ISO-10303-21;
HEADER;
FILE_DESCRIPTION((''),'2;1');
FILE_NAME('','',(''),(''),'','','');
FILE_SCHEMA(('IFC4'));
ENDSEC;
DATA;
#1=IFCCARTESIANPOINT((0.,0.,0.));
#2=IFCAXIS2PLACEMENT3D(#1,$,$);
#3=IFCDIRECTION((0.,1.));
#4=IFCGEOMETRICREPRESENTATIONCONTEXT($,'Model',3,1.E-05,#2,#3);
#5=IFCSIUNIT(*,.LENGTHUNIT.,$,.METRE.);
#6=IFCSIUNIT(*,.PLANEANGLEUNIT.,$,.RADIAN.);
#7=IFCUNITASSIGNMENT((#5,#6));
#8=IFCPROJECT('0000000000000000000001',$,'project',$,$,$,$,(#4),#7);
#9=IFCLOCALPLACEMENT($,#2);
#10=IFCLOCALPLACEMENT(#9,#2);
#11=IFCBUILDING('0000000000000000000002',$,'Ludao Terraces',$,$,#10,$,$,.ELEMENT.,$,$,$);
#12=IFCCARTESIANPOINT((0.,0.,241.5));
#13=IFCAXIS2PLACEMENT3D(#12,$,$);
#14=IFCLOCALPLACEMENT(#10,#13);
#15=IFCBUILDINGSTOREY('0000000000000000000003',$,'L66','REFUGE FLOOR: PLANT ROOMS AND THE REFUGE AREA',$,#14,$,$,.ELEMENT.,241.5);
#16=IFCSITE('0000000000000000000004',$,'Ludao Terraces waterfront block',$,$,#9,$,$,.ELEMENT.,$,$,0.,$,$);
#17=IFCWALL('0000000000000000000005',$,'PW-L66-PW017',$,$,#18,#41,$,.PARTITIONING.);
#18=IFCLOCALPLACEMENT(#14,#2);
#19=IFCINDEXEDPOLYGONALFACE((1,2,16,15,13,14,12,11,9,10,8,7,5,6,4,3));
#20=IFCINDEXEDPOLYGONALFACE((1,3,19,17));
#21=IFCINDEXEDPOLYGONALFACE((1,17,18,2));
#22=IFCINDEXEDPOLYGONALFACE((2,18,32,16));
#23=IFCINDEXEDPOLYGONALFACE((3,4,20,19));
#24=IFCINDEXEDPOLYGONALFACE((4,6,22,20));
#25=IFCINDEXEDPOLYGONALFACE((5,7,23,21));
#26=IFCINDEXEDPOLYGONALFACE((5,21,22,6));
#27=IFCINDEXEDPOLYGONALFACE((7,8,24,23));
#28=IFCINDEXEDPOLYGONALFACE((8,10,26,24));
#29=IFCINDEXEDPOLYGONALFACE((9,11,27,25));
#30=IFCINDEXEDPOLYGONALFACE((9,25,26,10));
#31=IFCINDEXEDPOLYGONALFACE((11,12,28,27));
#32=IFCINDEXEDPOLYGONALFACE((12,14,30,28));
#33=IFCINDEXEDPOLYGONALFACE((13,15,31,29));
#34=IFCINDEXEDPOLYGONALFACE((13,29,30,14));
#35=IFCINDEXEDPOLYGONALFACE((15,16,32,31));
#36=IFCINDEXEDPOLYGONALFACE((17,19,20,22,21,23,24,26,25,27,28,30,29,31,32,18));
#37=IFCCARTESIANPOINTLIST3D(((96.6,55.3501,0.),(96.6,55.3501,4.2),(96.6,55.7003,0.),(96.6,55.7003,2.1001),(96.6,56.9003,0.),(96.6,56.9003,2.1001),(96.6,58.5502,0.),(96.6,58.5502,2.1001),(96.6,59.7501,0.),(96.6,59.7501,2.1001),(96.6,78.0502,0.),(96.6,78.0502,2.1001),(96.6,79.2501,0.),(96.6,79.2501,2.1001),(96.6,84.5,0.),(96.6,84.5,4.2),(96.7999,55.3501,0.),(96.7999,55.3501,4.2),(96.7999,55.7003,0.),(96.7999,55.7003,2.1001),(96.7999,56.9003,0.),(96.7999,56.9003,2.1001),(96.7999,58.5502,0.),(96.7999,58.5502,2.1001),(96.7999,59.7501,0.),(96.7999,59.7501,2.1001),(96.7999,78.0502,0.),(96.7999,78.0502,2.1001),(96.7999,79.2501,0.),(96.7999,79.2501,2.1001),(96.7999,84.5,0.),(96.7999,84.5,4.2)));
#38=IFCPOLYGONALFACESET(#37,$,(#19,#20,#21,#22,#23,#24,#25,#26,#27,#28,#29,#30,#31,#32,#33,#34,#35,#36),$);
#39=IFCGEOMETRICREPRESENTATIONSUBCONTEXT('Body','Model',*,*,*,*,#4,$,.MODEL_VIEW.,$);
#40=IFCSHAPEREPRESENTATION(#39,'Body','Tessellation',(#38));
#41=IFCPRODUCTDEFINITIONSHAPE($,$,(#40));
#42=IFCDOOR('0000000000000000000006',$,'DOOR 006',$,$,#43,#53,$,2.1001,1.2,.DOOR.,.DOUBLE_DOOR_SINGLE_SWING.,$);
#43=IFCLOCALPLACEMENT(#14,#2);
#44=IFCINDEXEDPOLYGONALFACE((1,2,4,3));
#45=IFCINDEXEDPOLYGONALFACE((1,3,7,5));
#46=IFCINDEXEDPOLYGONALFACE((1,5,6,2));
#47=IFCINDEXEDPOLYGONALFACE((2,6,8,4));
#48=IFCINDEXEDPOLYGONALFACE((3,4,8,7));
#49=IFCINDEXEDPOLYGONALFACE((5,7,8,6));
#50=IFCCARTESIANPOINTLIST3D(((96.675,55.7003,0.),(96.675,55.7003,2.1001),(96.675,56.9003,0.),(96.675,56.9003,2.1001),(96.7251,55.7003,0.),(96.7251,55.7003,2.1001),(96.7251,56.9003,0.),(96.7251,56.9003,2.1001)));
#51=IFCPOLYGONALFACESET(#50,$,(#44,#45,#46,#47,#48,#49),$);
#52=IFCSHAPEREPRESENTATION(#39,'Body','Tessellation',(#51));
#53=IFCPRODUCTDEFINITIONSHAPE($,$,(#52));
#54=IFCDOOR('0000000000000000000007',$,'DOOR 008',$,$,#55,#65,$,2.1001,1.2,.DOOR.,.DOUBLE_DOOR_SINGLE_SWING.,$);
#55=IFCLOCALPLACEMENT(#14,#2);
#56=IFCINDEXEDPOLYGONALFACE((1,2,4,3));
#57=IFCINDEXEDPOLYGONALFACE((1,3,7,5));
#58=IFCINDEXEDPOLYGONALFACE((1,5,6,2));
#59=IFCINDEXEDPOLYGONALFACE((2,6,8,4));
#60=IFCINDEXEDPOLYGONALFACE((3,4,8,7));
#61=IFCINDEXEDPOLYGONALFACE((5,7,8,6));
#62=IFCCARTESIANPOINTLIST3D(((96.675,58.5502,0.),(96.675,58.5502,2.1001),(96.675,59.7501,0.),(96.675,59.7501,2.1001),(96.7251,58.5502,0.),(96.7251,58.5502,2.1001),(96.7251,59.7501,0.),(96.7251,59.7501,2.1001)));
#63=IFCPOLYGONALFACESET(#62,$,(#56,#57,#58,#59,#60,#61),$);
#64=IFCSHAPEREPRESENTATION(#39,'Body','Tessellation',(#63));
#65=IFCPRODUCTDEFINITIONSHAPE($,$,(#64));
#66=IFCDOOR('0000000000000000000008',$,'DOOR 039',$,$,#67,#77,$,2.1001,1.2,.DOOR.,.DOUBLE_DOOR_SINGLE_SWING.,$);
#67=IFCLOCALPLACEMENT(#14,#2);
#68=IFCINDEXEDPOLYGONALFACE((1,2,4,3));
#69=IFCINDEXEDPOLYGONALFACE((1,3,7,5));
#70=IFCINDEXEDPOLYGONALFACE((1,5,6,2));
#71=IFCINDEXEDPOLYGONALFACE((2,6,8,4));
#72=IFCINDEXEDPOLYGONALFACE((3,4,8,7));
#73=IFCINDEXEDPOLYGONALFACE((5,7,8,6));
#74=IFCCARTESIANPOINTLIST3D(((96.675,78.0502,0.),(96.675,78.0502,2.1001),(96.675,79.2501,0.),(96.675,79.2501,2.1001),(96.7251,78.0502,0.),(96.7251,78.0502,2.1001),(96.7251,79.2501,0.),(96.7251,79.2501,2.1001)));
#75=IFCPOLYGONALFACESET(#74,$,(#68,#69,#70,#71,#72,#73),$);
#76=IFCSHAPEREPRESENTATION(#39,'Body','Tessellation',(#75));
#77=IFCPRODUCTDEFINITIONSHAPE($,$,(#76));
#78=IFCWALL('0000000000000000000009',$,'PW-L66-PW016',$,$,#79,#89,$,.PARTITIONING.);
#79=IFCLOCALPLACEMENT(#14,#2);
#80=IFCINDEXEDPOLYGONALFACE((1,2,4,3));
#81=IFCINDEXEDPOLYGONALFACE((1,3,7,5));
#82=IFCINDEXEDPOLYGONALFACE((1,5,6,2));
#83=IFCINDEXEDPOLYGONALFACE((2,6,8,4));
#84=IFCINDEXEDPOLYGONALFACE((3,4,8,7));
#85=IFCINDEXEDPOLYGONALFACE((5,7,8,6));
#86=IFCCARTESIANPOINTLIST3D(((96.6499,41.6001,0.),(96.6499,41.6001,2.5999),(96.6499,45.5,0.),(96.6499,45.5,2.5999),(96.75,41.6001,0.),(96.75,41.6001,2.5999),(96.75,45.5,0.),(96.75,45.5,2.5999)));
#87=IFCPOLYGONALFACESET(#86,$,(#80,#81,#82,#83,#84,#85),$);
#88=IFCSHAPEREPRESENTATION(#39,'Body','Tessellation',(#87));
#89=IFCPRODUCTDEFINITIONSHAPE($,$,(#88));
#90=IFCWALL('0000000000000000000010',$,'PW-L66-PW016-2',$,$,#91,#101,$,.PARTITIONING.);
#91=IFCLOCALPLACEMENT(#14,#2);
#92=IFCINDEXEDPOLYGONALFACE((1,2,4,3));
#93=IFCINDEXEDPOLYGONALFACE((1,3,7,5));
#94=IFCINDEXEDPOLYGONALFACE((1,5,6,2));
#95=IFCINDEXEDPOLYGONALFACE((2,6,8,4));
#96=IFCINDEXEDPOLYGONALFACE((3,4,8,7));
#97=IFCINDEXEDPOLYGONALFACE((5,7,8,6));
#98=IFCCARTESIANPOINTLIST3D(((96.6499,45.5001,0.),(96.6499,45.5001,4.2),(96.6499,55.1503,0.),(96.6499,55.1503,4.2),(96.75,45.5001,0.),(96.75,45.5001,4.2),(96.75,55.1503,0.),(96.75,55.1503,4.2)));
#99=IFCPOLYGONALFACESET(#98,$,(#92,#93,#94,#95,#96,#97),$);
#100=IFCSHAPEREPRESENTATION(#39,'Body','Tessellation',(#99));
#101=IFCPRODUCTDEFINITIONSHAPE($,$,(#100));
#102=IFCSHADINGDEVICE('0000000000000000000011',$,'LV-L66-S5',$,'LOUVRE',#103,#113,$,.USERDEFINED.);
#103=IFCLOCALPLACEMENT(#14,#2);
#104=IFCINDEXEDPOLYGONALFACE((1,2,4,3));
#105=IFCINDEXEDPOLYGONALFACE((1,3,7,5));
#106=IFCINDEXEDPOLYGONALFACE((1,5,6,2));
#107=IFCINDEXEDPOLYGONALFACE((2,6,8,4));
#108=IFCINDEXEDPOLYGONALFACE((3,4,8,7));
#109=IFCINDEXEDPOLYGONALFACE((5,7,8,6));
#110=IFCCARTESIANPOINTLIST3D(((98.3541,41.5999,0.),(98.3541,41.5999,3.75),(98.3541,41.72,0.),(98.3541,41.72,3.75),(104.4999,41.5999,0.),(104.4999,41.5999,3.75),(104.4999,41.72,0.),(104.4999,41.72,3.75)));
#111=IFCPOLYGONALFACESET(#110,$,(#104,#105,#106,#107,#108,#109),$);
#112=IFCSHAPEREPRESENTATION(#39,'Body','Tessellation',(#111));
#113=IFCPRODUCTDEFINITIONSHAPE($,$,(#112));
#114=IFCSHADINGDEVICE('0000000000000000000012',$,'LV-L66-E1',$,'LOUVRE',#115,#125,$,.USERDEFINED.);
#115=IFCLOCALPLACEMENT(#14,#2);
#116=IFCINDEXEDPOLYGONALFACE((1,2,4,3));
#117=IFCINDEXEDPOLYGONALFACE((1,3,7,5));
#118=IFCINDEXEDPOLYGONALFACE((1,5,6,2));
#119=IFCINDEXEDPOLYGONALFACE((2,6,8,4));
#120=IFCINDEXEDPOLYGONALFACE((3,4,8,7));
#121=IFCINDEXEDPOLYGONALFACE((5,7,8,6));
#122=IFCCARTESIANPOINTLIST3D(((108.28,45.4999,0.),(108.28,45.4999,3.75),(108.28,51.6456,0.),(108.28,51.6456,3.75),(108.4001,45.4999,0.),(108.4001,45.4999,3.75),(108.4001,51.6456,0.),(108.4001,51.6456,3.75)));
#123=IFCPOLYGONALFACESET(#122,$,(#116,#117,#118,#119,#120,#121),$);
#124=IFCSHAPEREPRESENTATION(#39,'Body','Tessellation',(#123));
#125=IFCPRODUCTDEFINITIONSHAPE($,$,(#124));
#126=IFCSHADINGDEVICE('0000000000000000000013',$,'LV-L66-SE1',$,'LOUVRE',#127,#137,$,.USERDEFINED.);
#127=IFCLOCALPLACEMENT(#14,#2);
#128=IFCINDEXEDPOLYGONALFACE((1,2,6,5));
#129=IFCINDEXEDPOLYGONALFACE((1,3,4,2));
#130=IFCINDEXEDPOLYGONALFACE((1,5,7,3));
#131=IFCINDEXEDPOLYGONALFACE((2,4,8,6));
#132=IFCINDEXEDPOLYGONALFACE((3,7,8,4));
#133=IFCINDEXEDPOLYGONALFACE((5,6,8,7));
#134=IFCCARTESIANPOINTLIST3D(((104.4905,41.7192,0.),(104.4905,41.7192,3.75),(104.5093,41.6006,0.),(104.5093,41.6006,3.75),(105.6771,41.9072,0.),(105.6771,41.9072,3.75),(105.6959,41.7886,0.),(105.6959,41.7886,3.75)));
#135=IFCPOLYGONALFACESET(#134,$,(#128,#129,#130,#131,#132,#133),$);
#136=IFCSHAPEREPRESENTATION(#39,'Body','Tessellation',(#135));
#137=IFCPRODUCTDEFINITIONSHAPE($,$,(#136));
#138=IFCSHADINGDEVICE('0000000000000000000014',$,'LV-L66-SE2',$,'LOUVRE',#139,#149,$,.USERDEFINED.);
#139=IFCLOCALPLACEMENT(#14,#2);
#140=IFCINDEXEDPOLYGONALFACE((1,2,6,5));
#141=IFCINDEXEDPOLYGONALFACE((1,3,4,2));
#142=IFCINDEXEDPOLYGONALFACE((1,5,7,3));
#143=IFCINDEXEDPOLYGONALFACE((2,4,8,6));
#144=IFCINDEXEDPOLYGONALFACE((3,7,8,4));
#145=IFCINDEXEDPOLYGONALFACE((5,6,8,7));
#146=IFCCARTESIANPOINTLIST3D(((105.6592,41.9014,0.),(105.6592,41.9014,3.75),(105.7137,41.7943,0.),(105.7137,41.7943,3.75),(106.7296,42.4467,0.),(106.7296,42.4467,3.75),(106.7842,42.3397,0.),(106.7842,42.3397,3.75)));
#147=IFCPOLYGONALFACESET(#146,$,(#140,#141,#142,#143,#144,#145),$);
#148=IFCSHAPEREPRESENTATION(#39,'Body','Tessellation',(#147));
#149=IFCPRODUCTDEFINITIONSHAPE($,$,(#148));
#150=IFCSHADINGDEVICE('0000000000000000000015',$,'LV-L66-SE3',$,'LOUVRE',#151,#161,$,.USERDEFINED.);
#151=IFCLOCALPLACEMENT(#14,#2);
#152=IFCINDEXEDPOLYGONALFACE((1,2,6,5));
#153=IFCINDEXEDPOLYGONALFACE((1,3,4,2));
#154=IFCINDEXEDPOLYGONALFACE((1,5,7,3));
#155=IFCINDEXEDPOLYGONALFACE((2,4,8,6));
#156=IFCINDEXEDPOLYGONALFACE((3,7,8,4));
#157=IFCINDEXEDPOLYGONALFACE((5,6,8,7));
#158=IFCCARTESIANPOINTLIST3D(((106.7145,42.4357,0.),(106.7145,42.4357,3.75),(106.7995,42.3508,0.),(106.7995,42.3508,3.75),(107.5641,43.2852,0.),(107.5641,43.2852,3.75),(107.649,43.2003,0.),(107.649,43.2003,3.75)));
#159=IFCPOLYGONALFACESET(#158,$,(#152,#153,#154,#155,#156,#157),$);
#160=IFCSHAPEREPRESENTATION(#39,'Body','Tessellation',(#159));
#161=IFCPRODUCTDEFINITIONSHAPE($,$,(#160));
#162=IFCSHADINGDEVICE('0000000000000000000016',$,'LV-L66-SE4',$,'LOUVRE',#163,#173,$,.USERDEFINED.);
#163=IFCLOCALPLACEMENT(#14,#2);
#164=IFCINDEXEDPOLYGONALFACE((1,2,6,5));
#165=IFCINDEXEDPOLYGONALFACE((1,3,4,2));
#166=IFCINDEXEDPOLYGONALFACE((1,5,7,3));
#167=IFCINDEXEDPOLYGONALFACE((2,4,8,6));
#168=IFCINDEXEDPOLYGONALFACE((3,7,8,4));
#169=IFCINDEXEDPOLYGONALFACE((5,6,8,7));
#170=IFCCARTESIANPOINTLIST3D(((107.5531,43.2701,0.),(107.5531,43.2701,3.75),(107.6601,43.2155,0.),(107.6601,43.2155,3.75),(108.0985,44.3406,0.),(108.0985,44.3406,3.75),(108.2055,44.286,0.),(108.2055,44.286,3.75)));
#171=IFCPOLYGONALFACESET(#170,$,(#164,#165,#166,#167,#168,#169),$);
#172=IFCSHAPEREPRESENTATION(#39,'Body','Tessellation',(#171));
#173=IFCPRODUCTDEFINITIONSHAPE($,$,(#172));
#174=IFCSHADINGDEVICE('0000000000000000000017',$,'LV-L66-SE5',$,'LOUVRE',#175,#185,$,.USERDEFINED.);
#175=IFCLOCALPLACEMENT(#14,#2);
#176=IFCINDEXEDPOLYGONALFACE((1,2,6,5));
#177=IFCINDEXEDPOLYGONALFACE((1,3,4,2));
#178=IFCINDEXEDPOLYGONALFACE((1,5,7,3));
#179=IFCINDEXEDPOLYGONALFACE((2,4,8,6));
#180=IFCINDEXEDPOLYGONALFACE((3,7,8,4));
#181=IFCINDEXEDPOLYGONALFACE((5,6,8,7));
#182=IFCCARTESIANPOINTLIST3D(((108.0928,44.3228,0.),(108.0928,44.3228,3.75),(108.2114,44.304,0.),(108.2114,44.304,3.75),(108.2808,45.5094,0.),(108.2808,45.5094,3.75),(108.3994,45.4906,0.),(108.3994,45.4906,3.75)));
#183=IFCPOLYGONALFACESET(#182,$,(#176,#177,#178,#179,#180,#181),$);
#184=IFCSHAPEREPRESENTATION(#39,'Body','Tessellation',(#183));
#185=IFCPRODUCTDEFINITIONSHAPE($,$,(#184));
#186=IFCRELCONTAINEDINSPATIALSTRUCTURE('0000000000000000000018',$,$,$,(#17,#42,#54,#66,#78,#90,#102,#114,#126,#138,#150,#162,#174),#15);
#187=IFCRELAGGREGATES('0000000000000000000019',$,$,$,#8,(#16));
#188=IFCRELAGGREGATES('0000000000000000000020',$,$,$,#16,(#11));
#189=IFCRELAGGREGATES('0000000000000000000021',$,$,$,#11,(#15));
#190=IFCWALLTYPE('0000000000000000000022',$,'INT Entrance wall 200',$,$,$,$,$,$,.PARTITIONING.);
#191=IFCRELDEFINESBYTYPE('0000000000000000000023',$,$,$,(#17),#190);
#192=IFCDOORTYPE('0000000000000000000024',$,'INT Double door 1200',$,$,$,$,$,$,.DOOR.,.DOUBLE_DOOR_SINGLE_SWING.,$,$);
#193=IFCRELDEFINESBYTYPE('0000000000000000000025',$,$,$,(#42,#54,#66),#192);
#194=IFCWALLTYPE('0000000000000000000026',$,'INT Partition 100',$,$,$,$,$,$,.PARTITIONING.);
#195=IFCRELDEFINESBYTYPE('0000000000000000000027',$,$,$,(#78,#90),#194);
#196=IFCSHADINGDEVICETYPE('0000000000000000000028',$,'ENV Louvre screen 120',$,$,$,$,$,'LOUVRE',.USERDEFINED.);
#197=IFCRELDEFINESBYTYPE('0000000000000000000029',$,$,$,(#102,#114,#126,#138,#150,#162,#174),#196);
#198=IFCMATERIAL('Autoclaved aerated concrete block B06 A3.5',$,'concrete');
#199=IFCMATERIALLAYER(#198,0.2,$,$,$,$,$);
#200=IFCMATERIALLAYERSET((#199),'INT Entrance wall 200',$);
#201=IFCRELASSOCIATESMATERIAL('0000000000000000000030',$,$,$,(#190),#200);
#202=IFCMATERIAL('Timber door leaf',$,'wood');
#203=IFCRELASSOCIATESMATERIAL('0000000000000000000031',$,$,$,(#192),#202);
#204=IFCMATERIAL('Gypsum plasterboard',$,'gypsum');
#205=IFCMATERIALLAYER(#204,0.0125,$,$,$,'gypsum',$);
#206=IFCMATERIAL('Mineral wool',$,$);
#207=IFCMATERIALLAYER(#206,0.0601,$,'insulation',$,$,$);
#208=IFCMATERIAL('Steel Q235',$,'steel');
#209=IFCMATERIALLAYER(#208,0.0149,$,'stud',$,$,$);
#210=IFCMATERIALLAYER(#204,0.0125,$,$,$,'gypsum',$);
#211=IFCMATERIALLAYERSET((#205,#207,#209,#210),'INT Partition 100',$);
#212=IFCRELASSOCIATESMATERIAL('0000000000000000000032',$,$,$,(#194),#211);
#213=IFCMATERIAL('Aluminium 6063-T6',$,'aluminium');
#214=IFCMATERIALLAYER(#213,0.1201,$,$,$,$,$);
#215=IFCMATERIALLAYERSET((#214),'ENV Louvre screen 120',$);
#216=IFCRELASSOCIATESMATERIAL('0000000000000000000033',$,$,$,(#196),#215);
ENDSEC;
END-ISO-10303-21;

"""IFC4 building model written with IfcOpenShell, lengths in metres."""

from ifc_helpers import new_model, si_unit, direction, frame, frame_2d, origin, place, context, subcontext, project, spatial, rectangle, extrude, material, layer, layer_set, type_object, element, fill, save


model = new_model("IFC4")

# Units and contexts
model_context = context("Model", 3, precision=1e-05, world=origin(), true_north=direction((0.0, 1.0)))
body_context = subcontext(model_context, "Body", "Model", "MODEL_VIEW")
ifc_project = project(units=[si_unit("LENGTHUNIT", "METRE"), si_unit("PLANEANGLEUNIT", "RADIAN")], contexts=[model_context])

# Site, building, storey
site_placement = place(None, origin())
site = spatial("IfcSite", under=ifc_project, at=site_placement, Name="Ludao Terraces waterfront block", CompositionType="ELEMENT", RefElevation=0.0)
building_placement = place(site_placement, origin())
building = spatial("IfcBuilding", under=site, at=building_placement, Name="Ludao Terraces", CompositionType="ELEMENT")
storey_placement = place(building_placement, frame((0.0, 0.0, 241.5)))
storey = spatial("IfcBuildingStorey", under=building, at=storey_placement, Name="L66", Description="REFUGE FLOOR: PLANT ROOMS AND THE REFUGE AREA", CompositionType="ELEMENT", Elevation=241.5)

# Wall, openings, doors
ifc_material_1 = material(Name="Autoclaved aerated concrete block B06 A3.5", Category="concrete")
ifc_layer_1 = layer(ifc_material_1, 0.2)
ifc_layer_set_1 = layer_set([ifc_layer_1], Name="INT Entrance wall 200")
wall_type_1 = type_object("IfcWallType", Name="INT Entrance wall 200", PredefinedType="PARTITIONING", material=ifc_layer_set_1)
wall_1_placement = place(storey_placement, frame((96.7, 55.3501, 0.0), z_axis=(0.0, 0.0, 1.0), x_axis=(0.0, 1.0, 0.0)))
wall_1 = element("IfcWall", 1, at=wall_1_placement, inside=storey, type_object=wall_type_1, Name="PW-L66-PW017", PredefinedType="PARTITIONING", context=body_context, shape_type="SweptSolid", body=[
    extrude(rectangle(XDim=29.1499, YDim=0.2, at=frame_2d((14.575, 0.0))), origin(), (0.0, 0.0, 1.0), 4.2),
])
opening_1_placement = place(wall_1_placement, frame((0.3501, 0.0, 0.0)))
opening_1 = element("IfcOpeningElement", 2, at=opening_1_placement, cuts=wall_1, PredefinedType="OPENING", context=body_context, shape_type="SweptSolid", body=[
    extrude(rectangle(XDim=1.2, YDim=2.1001, at=frame_2d((0.6001, 1.05))), frame((0.0, 0.1099, 0.0), z_axis=(0.0, -1.0, 0.0), x_axis=(1.0, 0.0, 0.0)), (0.0, 0.0, 1.0), 0.22),
])
opening_2_placement = place(wall_1_placement, frame((3.2, 0.0, 0.0)))
opening_2 = element("IfcOpeningElement", 3, at=opening_2_placement, cuts=wall_1, PredefinedType="OPENING", context=body_context, shape_type="SweptSolid", body=[
    extrude(rectangle(XDim=1.2, YDim=2.1001, at=frame_2d((0.6001, 1.05))), frame((0.0, 0.1099, 0.0), z_axis=(0.0, -1.0, 0.0), x_axis=(1.0, 0.0, 0.0)), (0.0, 0.0, 1.0), 0.22),
])
opening_3_placement = place(wall_1_placement, frame((22.7, 0.0, 0.0)))
opening_3 = element("IfcOpeningElement", 4, at=opening_3_placement, cuts=wall_1, PredefinedType="OPENING", context=body_context, shape_type="SweptSolid", body=[
    extrude(rectangle(XDim=1.2, YDim=2.1001, at=frame_2d((0.6001, 1.05))), frame((0.0, 0.1099, 0.0), z_axis=(0.0, -1.0, 0.0), x_axis=(1.0, 0.0, 0.0)), (0.0, 0.0, 1.0), 0.22),
])
ifc_material_2 = material(Name="Timber door leaf", Category="wood")
door_type = type_object("IfcDoorType", Name="INT Double door 1200", OperationType="DOUBLE_DOOR_SINGLE_SWING", PredefinedType="DOOR", material=ifc_material_2)
door_1_placement = place(opening_1_placement, origin())
door_1 = element("IfcDoor", 5, at=door_1_placement, inside=storey, type_object=door_type, Name="DOOR 006", OperationType="DOUBLE_DOOR_SINGLE_SWING", OverallHeight=2.1001, OverallWidth=1.2, PredefinedType="DOOR", context=body_context, shape_type="SweptSolid", body=[
    extrude(rectangle(XDim=1.2, YDim=2.1001, at=frame_2d((0.6001, 1.05))), frame((0.0, 0.0249, 0.0), z_axis=(0.0, -1.0, 0.0), x_axis=(1.0, 0.0, 0.0)), (0.0, 0.0, 1.0), 0.05),
])
fill(opening_1, door_1)
door_2_placement = place(opening_2_placement, origin())
door_2 = element("IfcDoor", 6, at=door_2_placement, inside=storey, type_object=door_type, Name="DOOR 008", OperationType="DOUBLE_DOOR_SINGLE_SWING", OverallHeight=2.1001, OverallWidth=1.2, PredefinedType="DOOR", context=body_context, shape_type="SweptSolid", body=[
    extrude(rectangle(XDim=1.2, YDim=2.1001, at=frame_2d((0.6001, 1.05))), frame((0.0, 0.0249, 0.0), z_axis=(0.0, -1.0, 0.0), x_axis=(1.0, 0.0, 0.0)), (0.0, 0.0, 1.0), 0.05),
])
fill(opening_2, door_2)
door_3_placement = place(opening_3_placement, origin())
door_3 = element("IfcDoor", 7, at=door_3_placement, inside=storey, type_object=door_type, Name="DOOR 039", OperationType="DOUBLE_DOOR_SINGLE_SWING", OverallHeight=2.1001, OverallWidth=1.2, PredefinedType="DOOR", context=body_context, shape_type="SweptSolid", body=[
    extrude(rectangle(XDim=1.2, YDim=2.1001, at=frame_2d((0.6001, 1.05))), frame((0.0, 0.0249, 0.0), z_axis=(0.0, -1.0, 0.0), x_axis=(1.0, 0.0, 0.0)), (0.0, 0.0, 1.0), 0.05),
])
fill(opening_3, door_3)

# Walls
ifc_material_3 = material(Name="Gypsum plasterboard", Category="gypsum")
ifc_layer_2 = layer(ifc_material_3, 0.0125, Category="gypsum")
ifc_material_4 = material(Name="Mineral wool")
ifc_layer_3 = layer(ifc_material_4, 0.0601, Name="insulation")
ifc_material_5 = material(Name="Steel Q235", Category="steel")
ifc_layer_4 = layer(ifc_material_5, 0.0149, Name="stud")
ifc_layer_5 = layer(ifc_material_3, 0.0125, Category="gypsum")
ifc_layer_set_2 = layer_set([ifc_layer_2, ifc_layer_3, ifc_layer_4, ifc_layer_5], Name="INT Partition 100")
wall_type_2 = type_object("IfcWallType", Name="INT Partition 100", PredefinedType="PARTITIONING", material=ifc_layer_set_2)
wall_2_placement = place(storey_placement, frame((96.7, 41.6001, 0.0), z_axis=(0.0, 0.0, 1.0), x_axis=(0.0, 1.0, 0.0)))
element("IfcWall", 8, at=wall_2_placement, inside=storey, type_object=wall_type_2, Name="PW-L66-PW016", PredefinedType="PARTITIONING", context=body_context, shape_type="SweptSolid", body=[
    extrude(rectangle(XDim=3.8999, YDim=0.1001, at=frame_2d((1.95, 0.0))), origin(), (0.0, 0.0, 1.0), 2.5999),
])
wall_3_placement = place(storey_placement, frame((96.7, 45.5, 0.0), z_axis=(0.0, 0.0, 1.0), x_axis=(0.0, 1.0, 0.0)))
element("IfcWall", 9, at=wall_3_placement, inside=storey, type_object=wall_type_2, Name="PW-L66-PW016-2", PredefinedType="PARTITIONING", context=body_context, shape_type="SweptSolid", body=[
    extrude(rectangle(XDim=9.6501, YDim=0.1001, at=frame_2d((4.8252, 0.0))), origin(), (0.0, 0.0, 1.0), 4.2),
])

# Shading devices
ifc_material_6 = material(Name="Aluminium 6063-T6", Category="aluminium")
ifc_layer_6 = layer(ifc_material_6, 0.1201)
ifc_layer_set_3 = layer_set([ifc_layer_6], Name="ENV Louvre screen 120")
shading_device_type = type_object("IfcShadingDeviceType", Name="ENV Louvre screen 120", ElementType="LOUVRE", PredefinedType="USERDEFINED", material=ifc_layer_set_3)
for number, where, z_axis, x_axis, name in (
    (10, (98.3542, 41.6599, 0.0), (0.0, 0.0, 1.0), (1.0, 0.0, 0.0), "LV-L66-S5"),
    (11, (108.3401, 45.5, 0.0), (0.0, 0.0, 1.0), (0.0, 1.0, 0.0), "LV-L66-E1"),
):
    element("IfcShadingDevice", number, at=place(storey_placement, frame(where, z_axis=z_axis, x_axis=x_axis)), inside=storey, type_object=shading_device_type, Name=name, ObjectType="LOUVRE", PredefinedType="USERDEFINED", context=body_context, shape_type="SweptSolid", body=[
        extrude(rectangle(XDim=6.1458, YDim=0.1201, at=frame_2d((3.0728, 0.0))), origin(), (0.0, 0.0, 1.0), 3.75),
    ])
for number, where, z_axis, x_axis, name in (
    (12, (104.5, 41.6599, 0.0), (0.0, 0.0, 1.0), (0.98768, 0.156484, 0.0), "LV-L66-SE1"),
    (13, (105.6865, 41.8479, 0.0), (0.0, 0.0, 1.0), (0.891029, 0.453947, 0.0), "LV-L66-SE2"),
    (14, (106.7571, 42.3933, 0.0), (0.0, 0.0, 1.0), (0.707107, 0.707107, 0.0), "LV-L66-SE3"),
    (15, (107.6067, 43.2429, 0.0), (0.0, 0.0, 1.0), (0.453947, 0.891029, 0.0), "LV-L66-SE4"),
    (16, (108.1521, 44.3135, 0.0), (0.0, 0.0, 1.0), (0.156484, 0.98768, 0.0), "LV-L66-SE5"),
):
    element("IfcShadingDevice", number, at=place(storey_placement, frame(where, z_axis=z_axis, x_axis=x_axis)), inside=storey, type_object=shading_device_type, Name=name, ObjectType="LOUVRE", PredefinedType="USERDEFINED", context=body_context, shape_type="SweptSolid", body=[
        extrude(rectangle(XDim=1.2014, YDim=0.1201, at=frame_2d((0.6006, 0.0))), origin(), (0.0, 0.0, 1.0), 3.75),
    ])

save(model, "model.ifc")
